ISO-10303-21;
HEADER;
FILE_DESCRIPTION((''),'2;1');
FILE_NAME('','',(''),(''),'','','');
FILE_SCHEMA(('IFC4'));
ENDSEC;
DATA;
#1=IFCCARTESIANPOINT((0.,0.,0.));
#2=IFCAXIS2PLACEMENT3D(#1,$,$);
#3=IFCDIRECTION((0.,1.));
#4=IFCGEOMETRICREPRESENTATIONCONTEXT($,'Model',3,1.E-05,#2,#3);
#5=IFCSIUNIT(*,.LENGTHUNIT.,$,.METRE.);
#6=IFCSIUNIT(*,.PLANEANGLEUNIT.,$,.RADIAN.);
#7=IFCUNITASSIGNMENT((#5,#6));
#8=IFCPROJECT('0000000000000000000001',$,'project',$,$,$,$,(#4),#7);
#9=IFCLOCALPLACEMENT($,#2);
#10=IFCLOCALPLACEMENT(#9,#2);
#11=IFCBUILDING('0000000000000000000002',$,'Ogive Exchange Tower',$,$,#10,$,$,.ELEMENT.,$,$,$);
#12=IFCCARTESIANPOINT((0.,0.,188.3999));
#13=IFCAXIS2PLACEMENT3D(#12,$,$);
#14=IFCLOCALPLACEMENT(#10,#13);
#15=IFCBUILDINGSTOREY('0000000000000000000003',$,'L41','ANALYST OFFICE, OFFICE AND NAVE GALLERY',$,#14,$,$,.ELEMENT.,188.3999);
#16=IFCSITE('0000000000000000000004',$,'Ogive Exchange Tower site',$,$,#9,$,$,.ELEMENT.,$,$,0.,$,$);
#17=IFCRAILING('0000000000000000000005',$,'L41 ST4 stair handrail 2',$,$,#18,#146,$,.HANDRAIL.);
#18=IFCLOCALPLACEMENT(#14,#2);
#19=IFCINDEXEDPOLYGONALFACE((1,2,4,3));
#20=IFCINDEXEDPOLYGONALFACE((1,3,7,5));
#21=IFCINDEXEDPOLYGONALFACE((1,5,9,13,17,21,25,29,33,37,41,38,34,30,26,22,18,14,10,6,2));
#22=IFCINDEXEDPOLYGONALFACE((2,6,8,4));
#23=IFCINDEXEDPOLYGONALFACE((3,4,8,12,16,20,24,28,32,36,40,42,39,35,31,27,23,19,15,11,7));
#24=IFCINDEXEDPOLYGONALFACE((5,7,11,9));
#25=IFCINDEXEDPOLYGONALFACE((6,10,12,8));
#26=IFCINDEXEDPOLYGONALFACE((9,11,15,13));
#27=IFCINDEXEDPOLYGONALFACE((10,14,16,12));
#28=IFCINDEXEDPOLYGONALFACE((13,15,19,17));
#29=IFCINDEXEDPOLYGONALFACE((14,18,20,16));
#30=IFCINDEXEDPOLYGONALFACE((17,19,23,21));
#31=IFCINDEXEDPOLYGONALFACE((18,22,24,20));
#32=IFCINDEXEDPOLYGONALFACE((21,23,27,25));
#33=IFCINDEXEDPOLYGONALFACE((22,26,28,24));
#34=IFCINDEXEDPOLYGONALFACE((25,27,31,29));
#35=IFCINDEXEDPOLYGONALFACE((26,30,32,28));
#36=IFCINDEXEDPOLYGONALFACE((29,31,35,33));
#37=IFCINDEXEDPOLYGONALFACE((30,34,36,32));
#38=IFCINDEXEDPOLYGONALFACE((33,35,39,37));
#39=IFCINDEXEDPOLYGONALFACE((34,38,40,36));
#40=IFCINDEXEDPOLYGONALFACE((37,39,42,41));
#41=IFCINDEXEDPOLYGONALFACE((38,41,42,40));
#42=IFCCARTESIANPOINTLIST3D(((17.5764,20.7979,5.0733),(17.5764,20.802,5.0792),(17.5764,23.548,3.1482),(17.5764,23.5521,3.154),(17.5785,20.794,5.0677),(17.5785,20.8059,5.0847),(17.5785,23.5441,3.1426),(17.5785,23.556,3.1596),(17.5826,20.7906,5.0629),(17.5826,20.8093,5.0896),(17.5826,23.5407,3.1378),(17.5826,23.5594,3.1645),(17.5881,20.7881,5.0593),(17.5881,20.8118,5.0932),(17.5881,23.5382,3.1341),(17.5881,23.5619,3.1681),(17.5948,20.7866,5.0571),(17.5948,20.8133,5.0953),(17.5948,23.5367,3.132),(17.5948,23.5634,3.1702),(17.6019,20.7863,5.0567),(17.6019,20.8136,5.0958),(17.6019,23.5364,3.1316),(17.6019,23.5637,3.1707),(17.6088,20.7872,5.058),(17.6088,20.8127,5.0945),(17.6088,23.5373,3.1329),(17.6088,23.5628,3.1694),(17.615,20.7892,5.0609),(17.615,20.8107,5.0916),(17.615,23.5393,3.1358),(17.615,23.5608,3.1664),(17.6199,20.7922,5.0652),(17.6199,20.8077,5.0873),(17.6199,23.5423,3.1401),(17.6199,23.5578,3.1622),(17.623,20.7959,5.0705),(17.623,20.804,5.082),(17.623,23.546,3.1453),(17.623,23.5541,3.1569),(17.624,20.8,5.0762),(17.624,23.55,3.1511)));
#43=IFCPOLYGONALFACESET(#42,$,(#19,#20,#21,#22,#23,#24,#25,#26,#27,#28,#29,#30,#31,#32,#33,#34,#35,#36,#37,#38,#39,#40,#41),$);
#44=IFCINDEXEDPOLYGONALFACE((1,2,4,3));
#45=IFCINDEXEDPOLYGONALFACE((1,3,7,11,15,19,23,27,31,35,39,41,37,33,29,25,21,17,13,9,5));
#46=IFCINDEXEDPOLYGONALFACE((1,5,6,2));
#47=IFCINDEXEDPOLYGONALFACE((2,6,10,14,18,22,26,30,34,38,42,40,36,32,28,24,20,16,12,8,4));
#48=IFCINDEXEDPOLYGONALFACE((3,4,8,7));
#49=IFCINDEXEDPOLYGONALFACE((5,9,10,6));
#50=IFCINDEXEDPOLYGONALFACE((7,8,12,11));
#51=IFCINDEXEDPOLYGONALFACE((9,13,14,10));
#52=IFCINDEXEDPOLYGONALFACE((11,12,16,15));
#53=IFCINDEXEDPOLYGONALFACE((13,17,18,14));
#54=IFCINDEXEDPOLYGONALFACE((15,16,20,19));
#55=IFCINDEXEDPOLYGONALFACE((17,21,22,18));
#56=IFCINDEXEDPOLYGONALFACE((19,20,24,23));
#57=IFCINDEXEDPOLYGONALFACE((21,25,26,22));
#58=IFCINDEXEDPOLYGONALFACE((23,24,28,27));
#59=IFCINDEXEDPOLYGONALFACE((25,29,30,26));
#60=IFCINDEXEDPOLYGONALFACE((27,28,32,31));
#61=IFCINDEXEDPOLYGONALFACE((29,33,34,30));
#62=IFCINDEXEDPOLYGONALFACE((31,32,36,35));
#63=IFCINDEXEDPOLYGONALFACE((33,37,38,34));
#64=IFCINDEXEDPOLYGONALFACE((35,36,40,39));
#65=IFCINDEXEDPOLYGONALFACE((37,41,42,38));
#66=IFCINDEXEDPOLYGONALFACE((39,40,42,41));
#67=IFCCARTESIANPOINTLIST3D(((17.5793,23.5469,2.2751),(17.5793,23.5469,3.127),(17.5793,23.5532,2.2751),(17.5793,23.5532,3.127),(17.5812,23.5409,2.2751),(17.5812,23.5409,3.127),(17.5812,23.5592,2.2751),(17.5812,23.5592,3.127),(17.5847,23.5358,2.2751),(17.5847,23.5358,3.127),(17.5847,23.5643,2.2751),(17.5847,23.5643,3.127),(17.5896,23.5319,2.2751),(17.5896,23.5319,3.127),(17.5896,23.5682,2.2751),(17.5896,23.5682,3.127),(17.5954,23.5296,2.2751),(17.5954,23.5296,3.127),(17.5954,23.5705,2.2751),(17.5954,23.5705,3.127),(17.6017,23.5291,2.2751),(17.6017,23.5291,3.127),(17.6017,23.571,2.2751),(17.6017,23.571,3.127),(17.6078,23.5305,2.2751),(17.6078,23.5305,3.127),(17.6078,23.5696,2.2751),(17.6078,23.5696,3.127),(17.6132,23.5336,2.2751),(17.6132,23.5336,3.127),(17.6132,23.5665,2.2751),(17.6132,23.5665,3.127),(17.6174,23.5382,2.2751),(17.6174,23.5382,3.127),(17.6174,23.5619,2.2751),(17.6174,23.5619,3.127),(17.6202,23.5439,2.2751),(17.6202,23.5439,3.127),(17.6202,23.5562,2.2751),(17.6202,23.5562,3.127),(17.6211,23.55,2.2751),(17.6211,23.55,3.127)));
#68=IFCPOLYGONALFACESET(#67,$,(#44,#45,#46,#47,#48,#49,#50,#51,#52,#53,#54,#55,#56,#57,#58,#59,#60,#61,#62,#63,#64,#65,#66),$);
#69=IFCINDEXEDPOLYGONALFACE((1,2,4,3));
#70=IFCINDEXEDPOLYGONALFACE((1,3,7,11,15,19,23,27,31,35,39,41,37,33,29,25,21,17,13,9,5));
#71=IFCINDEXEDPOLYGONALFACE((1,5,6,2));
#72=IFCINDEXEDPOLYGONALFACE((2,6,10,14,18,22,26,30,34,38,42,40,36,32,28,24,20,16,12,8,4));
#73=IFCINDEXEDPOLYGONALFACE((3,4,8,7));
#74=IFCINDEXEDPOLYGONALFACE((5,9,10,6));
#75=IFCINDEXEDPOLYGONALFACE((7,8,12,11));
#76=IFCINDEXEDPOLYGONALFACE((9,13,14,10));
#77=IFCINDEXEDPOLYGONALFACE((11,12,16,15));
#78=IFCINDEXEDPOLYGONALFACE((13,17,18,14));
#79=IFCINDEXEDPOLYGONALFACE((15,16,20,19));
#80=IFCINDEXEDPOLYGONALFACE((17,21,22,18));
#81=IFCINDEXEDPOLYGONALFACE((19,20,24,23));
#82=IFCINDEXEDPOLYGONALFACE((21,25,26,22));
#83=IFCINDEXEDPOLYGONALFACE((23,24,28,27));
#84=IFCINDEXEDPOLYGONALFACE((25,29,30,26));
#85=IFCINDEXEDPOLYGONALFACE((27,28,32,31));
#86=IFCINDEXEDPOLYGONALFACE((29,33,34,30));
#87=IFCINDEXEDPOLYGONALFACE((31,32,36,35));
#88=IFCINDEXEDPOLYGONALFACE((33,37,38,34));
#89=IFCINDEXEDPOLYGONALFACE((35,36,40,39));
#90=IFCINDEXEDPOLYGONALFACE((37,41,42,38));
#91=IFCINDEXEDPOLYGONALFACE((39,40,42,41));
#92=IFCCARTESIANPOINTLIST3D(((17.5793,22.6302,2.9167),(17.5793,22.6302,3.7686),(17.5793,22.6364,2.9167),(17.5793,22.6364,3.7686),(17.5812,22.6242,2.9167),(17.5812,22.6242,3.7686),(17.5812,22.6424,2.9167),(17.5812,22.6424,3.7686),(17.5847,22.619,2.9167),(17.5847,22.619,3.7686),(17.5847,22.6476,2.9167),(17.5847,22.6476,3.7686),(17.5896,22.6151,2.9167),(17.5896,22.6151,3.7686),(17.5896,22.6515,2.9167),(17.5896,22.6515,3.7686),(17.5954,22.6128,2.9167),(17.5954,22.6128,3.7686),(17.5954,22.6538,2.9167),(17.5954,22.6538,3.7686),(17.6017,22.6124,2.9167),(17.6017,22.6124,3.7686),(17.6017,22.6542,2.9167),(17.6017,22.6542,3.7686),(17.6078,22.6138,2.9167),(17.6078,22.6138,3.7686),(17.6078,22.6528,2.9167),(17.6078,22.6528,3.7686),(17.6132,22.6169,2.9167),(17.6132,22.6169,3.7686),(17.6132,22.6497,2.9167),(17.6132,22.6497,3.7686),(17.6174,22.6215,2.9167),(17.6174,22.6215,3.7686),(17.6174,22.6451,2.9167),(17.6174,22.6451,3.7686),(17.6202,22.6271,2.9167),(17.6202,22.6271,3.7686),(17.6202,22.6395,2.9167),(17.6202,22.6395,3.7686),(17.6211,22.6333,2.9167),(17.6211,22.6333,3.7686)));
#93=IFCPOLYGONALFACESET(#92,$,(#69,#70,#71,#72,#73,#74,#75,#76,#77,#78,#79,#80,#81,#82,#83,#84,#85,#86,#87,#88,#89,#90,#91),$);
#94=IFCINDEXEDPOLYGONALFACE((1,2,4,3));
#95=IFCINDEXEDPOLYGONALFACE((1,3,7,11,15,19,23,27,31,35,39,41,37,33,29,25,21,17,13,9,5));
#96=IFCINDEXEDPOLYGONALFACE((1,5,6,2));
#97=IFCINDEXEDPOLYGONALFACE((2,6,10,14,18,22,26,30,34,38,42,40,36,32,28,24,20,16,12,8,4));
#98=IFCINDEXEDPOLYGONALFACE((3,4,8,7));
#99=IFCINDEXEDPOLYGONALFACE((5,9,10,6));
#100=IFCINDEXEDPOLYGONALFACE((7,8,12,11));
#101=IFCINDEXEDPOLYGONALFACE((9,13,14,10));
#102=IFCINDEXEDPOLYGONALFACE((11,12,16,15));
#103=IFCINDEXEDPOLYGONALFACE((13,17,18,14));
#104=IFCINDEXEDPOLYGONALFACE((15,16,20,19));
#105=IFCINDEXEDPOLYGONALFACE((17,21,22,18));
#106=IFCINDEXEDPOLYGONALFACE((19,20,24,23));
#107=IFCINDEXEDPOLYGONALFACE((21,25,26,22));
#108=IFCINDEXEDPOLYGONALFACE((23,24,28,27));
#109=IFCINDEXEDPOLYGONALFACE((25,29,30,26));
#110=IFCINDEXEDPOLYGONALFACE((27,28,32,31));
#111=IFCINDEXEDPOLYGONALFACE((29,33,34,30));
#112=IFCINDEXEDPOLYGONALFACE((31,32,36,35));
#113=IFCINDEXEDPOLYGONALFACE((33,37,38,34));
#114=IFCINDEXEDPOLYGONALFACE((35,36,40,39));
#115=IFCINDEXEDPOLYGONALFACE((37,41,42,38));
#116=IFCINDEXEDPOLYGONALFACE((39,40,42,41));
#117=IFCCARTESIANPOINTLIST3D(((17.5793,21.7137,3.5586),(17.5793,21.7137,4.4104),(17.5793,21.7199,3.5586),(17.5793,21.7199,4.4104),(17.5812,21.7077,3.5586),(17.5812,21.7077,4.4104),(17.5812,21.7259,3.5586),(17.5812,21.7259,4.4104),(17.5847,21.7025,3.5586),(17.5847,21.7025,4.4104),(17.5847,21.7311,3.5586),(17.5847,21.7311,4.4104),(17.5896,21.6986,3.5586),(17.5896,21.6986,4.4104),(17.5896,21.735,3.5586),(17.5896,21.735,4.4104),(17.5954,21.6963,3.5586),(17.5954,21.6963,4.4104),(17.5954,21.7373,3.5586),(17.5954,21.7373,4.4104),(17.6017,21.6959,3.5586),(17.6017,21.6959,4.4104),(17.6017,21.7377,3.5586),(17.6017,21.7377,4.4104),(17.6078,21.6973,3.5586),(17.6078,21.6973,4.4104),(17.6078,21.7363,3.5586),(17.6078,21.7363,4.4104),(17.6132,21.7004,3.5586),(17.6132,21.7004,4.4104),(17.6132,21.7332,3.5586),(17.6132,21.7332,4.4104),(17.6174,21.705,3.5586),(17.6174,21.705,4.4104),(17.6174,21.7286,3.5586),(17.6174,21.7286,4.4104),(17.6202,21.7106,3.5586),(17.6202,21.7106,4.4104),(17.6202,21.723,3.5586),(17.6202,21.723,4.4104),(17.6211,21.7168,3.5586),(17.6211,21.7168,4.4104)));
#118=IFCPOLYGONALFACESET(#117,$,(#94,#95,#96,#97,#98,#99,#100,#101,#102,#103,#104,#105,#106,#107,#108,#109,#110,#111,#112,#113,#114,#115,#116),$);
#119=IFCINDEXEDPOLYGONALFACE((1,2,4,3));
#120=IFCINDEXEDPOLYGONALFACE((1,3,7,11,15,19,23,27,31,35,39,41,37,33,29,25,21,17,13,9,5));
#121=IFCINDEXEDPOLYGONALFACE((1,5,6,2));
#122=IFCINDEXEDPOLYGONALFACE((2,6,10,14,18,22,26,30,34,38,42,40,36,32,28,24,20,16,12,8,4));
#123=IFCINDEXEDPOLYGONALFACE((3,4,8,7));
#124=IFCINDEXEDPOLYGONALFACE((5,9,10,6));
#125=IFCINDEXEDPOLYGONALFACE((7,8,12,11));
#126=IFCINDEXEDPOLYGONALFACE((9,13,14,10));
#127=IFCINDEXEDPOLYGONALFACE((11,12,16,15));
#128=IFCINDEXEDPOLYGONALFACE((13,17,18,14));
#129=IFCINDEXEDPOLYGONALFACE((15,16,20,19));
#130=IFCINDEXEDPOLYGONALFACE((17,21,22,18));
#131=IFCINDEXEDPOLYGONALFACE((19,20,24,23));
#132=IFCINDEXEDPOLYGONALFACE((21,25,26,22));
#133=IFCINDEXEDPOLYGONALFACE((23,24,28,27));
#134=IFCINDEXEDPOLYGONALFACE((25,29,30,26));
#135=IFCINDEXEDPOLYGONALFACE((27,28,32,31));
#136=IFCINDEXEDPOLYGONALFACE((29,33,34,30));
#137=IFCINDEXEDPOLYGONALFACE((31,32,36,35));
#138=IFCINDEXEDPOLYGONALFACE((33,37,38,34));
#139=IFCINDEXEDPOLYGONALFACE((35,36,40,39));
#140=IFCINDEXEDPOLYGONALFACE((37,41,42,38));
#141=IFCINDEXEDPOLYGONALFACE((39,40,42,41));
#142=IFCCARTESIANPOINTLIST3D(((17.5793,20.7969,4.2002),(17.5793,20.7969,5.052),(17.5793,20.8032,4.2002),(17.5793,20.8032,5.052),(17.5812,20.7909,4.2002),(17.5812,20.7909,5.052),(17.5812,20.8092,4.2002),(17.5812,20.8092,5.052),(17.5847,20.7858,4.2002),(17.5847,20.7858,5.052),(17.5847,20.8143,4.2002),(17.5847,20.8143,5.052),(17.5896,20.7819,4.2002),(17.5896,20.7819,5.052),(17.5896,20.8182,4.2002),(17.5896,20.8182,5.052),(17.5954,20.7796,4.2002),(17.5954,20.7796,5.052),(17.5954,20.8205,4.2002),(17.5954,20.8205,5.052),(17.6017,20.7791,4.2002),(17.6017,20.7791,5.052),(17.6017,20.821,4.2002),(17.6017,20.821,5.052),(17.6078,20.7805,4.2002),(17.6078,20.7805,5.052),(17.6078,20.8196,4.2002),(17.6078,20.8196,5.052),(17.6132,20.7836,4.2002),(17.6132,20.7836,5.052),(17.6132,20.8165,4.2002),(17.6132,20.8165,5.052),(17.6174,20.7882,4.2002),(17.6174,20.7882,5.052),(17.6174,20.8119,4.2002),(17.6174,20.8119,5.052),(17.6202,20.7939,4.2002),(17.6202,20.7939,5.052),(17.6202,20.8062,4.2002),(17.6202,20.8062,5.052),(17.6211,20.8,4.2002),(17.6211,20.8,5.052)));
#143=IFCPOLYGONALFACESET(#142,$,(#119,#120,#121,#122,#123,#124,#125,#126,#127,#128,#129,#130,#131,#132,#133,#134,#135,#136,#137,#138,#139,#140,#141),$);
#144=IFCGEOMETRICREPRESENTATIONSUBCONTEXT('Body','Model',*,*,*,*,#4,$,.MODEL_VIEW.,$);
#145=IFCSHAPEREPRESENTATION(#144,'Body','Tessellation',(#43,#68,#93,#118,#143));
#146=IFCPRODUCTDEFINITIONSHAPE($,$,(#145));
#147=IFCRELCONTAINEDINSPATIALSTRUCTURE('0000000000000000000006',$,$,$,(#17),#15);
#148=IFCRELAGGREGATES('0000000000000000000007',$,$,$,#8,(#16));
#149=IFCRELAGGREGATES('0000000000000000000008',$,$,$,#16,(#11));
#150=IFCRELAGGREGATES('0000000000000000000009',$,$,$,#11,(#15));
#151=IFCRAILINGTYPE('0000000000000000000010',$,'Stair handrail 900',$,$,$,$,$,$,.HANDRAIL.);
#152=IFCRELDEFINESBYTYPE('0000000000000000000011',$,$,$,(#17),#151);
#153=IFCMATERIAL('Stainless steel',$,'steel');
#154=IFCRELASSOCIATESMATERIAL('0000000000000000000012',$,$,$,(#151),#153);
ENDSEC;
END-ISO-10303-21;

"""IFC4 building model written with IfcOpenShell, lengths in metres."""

from ifc_helpers import new_model, si_unit, direction, frame, origin, origin_2d, place, context, subcontext, project, spatial, circle, extrude, material, type_object, element, save


model = new_model("IFC4")

# Units and contexts
model_context = context("Model", 3, precision=1e-05, world=origin(), true_north=direction((0.0, 1.0)))
body_context = subcontext(model_context, "Body", "Model", "MODEL_VIEW")
ifc_project = project(units=[si_unit("LENGTHUNIT", "METRE"), si_unit("PLANEANGLEUNIT", "RADIAN")], contexts=[model_context])

# Site, building, storey
site_placement = place(None, origin())
site = spatial("IfcSite", under=ifc_project, at=site_placement, Name="Ogive Exchange Tower site", CompositionType="ELEMENT", RefElevation=0.0)
building_placement = place(site_placement, origin())
building = spatial("IfcBuilding", under=site, at=building_placement, Name="Ogive Exchange Tower", CompositionType="ELEMENT")
storey_placement = place(building_placement, frame((0.0, 0.0, 188.3999)))
storey = spatial("IfcBuildingStorey", under=building, at=storey_placement, Name="L41", Description="ANALYST OFFICE, OFFICE AND NAVE GALLERY", CompositionType="ELEMENT", Elevation=188.3999)

# Railing
ifc_material_1 = material(Name="Stainless steel", Category="steel")
railing_type = type_object("IfcRailingType", Name="Stair handrail 900", PredefinedType="HANDRAIL", material=ifc_material_1)
railing_placement = place(storey_placement, frame((17.6001, 23.55, 2.2751)))
element("IfcRailing", 1, at=railing_placement, inside=storey, type_object=railing_type, Name="L41 ST4 stair handrail 2", PredefinedType="HANDRAIL", context=body_context, shape_type="SweptSolid", body=[
    extrude(circle(Radius=0.0239, at=origin_2d()), frame((0.0, 0.0, 0.876), z_axis=(0.0, -0.819225, 0.573472), x_axis=(1.0, 0.0, 0.0)), (0.0, 0.0, 1.0), 3.3569),
    extrude(circle(Radius=0.021, at=origin_2d()), origin(), (0.0, 0.0, 1.0), 0.8518),
    extrude(circle(Radius=0.021, at=origin_2d()), frame((0.0, -0.9167, 0.6416)), (0.0, 0.0, 1.0), 0.8518),
    extrude(circle(Radius=0.021, at=origin_2d()), frame((0.0, -1.8333, 1.2834)), (0.0, 0.0, 1.0), 0.8518),
    extrude(circle(Radius=0.021, at=origin_2d()), frame((0.0, -2.75, 1.925)), (0.0, 0.0, 1.0), 0.8518),
])

save(model, "model.ifc")
